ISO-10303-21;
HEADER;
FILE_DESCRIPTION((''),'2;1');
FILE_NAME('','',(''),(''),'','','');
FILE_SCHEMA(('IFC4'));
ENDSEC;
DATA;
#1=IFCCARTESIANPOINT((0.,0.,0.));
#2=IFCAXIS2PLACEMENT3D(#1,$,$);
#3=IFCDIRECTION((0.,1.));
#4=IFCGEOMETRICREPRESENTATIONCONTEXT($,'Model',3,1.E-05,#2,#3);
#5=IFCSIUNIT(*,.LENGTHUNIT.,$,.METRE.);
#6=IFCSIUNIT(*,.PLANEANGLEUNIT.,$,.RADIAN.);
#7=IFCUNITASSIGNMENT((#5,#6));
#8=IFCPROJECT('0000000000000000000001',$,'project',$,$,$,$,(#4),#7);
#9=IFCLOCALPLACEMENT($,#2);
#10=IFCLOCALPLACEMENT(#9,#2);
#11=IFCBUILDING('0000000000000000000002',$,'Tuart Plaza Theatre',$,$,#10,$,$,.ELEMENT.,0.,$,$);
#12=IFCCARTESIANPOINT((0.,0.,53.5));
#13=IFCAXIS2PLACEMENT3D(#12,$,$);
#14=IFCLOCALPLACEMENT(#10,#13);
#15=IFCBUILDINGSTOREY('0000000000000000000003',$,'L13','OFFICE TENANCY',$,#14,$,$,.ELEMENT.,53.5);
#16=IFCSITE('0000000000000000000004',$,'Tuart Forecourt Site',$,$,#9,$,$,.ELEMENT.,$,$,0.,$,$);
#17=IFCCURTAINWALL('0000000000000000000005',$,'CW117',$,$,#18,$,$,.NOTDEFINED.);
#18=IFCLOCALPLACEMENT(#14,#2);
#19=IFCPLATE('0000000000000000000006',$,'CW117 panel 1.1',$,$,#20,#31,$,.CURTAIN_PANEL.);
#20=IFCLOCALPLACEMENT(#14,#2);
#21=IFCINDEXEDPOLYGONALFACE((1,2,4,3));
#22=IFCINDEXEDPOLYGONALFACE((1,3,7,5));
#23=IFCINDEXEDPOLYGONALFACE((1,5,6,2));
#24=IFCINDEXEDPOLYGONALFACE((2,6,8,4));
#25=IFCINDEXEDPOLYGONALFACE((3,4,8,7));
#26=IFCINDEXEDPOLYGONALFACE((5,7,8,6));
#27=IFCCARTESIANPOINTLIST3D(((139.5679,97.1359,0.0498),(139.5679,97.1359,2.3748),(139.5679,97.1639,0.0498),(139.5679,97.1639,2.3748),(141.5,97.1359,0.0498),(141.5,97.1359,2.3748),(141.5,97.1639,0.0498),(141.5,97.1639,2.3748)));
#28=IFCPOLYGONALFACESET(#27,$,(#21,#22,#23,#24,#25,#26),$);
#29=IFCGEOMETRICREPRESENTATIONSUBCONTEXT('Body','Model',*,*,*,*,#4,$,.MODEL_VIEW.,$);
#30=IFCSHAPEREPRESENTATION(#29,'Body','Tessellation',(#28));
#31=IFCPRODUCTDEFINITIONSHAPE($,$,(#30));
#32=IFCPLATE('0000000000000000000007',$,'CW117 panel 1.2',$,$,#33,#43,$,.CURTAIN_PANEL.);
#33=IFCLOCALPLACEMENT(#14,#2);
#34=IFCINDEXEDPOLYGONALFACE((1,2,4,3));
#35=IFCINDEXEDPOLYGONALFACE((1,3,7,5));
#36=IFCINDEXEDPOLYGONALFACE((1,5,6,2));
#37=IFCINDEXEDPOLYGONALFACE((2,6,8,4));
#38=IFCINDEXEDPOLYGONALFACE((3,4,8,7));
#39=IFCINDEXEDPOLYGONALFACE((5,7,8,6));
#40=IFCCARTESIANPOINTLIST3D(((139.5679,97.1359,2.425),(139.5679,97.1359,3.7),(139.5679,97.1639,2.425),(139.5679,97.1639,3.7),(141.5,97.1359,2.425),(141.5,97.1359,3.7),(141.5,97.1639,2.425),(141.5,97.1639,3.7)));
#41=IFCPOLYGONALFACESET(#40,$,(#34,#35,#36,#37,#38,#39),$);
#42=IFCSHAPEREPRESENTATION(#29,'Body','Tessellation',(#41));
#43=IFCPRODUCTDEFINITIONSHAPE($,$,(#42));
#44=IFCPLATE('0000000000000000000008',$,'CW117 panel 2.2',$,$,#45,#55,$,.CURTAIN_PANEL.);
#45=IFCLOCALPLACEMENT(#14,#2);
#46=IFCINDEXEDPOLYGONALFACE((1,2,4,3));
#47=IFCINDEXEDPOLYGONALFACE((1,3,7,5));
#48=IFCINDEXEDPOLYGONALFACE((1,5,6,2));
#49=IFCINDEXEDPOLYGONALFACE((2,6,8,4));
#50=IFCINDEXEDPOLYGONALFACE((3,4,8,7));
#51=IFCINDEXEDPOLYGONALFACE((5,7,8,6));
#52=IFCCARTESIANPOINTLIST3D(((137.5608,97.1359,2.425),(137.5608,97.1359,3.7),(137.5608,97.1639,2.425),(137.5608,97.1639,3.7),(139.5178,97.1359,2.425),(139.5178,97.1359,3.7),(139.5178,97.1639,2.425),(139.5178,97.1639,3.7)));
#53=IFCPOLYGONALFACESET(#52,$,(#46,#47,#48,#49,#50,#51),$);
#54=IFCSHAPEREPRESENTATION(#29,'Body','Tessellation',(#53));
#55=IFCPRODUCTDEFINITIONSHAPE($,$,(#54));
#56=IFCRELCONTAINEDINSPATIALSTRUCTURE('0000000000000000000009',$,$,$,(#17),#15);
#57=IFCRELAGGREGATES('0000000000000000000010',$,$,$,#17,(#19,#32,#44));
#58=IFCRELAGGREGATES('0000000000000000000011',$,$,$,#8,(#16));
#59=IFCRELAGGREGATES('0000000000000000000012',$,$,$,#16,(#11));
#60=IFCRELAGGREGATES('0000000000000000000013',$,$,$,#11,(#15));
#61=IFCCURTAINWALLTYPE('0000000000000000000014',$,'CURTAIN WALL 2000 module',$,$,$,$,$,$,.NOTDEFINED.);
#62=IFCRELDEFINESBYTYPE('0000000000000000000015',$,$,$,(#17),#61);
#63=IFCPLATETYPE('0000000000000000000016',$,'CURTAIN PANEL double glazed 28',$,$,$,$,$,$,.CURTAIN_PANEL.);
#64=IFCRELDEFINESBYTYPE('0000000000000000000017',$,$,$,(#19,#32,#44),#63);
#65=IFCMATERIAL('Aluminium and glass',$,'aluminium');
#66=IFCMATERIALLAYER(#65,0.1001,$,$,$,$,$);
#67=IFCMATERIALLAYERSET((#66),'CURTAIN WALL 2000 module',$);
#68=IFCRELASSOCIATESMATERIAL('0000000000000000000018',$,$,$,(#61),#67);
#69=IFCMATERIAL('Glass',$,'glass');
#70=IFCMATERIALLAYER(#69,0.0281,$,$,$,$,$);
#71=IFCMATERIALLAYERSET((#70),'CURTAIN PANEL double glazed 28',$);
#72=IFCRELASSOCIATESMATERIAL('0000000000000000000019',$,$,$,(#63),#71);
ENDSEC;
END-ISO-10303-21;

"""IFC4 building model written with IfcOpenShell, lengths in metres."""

from ifc_helpers import new_model, si_unit, direction, frame, origin, origin_2d, place, context, subcontext, project, spatial, rectangle, extrude, material, layer, layer_set, type_object, element, aggregate, save


model = new_model("IFC4")

# Units and contexts
model_context = context("Model", 3, precision=1e-05, world=origin(), true_north=direction((0.0, 1.0)))
body_context = subcontext(model_context, "Body", "Model", "MODEL_VIEW")
ifc_project = project(units=[si_unit("LENGTHUNIT", "METRE"), si_unit("PLANEANGLEUNIT", "RADIAN")], contexts=[model_context])

# Site, building, storey
site_placement = place(None, origin())
site = spatial("IfcSite", under=ifc_project, at=site_placement, Name="Tuart Forecourt Site", CompositionType="ELEMENT", RefElevation=0.0)
building_placement = place(site_placement, origin())
building = spatial("IfcBuilding", under=site, at=building_placement, Name="Tuart Plaza Theatre", CompositionType="ELEMENT", ElevationOfRefHeight=0.0)
storey_placement = place(building_placement, frame((0.0, 0.0, 53.5)))
storey = spatial("IfcBuildingStorey", under=building, at=storey_placement, Name="L13", Description="OFFICE TENANCY", CompositionType="ELEMENT", Elevation=53.5)

# Curtain wall
ifc_material_1 = material(Name="Aluminium and glass", Category="aluminium")
ifc_layer_1 = layer(ifc_material_1, 0.1001)
ifc_layer_set_1 = layer_set([ifc_layer_1], Name="CURTAIN WALL 2000 module")
curtain_wall_type = type_object("IfcCurtainWallType", Name="CURTAIN WALL 2000 module", PredefinedType="NOTDEFINED", material=ifc_layer_set_1)
curtain_wall_1_placement = place(storey_placement, origin())
curtain_wall_1 = element("IfcCurtainWall", 1, at=curtain_wall_1_placement, inside=storey, type_object=curtain_wall_type, Name="CW117", PredefinedType="NOTDEFINED")

# Plates
ifc_material_2 = material(Name="Glass", Category="glass")
ifc_layer_2 = layer(ifc_material_2, 0.0281)
ifc_layer_set_2 = layer_set([ifc_layer_2], Name="CURTAIN PANEL double glazed 28")
plate_type = type_object("IfcPlateType", Name="CURTAIN PANEL double glazed 28", PredefinedType="CURTAIN_PANEL", material=ifc_layer_set_2)
plate_1_placement = place(storey_placement, frame((140.5339, 97.1499, 0.0498), z_axis=(0.0, 0.0, 1.0), x_axis=(-1.0, 0.0, 0.0)))
plate_1 = element("IfcPlate", 2, at=plate_1_placement, type_object=plate_type, Name="CW117 panel 1.1", PredefinedType="CURTAIN_PANEL", context=body_context, shape_type="SweptSolid", body=[
    extrude(rectangle(XDim=1.9321, YDim=0.0281, at=origin_2d()), origin(), (0.0, 0.0, 1.0), 2.325),
])
plate_2_placement = place(storey_placement, frame((140.5339, 97.1499, 2.425), z_axis=(0.0, 0.0, 1.0), x_axis=(-1.0, 0.0, 0.0)))
plate_2 = element("IfcPlate", 3, at=plate_2_placement, type_object=plate_type, Name="CW117 panel 1.2", PredefinedType="CURTAIN_PANEL", context=body_context, shape_type="SweptSolid", body=[
    extrude(rectangle(XDim=1.9321, YDim=0.0281, at=origin_2d()), origin(), (0.0, 0.0, 1.0), 1.2749),
])
plate_3_placement = place(storey_placement, frame((138.5393, 97.1499, 2.425), z_axis=(0.0, 0.0, 1.0), x_axis=(-1.0, 0.0, 0.0)))
plate_3 = element("IfcPlate", 4, at=plate_3_placement, type_object=plate_type, Name="CW117 panel 2.2", PredefinedType="CURTAIN_PANEL", context=body_context, shape_type="SweptSolid", body=[
    extrude(rectangle(XDim=1.957, YDim=0.0281, at=origin_2d()), origin(), (0.0, 0.0, 1.0), 1.2749),
])
aggregate(curtain_wall_1, [plate_1, plate_2, plate_3])

save(model, "model.ifc")
